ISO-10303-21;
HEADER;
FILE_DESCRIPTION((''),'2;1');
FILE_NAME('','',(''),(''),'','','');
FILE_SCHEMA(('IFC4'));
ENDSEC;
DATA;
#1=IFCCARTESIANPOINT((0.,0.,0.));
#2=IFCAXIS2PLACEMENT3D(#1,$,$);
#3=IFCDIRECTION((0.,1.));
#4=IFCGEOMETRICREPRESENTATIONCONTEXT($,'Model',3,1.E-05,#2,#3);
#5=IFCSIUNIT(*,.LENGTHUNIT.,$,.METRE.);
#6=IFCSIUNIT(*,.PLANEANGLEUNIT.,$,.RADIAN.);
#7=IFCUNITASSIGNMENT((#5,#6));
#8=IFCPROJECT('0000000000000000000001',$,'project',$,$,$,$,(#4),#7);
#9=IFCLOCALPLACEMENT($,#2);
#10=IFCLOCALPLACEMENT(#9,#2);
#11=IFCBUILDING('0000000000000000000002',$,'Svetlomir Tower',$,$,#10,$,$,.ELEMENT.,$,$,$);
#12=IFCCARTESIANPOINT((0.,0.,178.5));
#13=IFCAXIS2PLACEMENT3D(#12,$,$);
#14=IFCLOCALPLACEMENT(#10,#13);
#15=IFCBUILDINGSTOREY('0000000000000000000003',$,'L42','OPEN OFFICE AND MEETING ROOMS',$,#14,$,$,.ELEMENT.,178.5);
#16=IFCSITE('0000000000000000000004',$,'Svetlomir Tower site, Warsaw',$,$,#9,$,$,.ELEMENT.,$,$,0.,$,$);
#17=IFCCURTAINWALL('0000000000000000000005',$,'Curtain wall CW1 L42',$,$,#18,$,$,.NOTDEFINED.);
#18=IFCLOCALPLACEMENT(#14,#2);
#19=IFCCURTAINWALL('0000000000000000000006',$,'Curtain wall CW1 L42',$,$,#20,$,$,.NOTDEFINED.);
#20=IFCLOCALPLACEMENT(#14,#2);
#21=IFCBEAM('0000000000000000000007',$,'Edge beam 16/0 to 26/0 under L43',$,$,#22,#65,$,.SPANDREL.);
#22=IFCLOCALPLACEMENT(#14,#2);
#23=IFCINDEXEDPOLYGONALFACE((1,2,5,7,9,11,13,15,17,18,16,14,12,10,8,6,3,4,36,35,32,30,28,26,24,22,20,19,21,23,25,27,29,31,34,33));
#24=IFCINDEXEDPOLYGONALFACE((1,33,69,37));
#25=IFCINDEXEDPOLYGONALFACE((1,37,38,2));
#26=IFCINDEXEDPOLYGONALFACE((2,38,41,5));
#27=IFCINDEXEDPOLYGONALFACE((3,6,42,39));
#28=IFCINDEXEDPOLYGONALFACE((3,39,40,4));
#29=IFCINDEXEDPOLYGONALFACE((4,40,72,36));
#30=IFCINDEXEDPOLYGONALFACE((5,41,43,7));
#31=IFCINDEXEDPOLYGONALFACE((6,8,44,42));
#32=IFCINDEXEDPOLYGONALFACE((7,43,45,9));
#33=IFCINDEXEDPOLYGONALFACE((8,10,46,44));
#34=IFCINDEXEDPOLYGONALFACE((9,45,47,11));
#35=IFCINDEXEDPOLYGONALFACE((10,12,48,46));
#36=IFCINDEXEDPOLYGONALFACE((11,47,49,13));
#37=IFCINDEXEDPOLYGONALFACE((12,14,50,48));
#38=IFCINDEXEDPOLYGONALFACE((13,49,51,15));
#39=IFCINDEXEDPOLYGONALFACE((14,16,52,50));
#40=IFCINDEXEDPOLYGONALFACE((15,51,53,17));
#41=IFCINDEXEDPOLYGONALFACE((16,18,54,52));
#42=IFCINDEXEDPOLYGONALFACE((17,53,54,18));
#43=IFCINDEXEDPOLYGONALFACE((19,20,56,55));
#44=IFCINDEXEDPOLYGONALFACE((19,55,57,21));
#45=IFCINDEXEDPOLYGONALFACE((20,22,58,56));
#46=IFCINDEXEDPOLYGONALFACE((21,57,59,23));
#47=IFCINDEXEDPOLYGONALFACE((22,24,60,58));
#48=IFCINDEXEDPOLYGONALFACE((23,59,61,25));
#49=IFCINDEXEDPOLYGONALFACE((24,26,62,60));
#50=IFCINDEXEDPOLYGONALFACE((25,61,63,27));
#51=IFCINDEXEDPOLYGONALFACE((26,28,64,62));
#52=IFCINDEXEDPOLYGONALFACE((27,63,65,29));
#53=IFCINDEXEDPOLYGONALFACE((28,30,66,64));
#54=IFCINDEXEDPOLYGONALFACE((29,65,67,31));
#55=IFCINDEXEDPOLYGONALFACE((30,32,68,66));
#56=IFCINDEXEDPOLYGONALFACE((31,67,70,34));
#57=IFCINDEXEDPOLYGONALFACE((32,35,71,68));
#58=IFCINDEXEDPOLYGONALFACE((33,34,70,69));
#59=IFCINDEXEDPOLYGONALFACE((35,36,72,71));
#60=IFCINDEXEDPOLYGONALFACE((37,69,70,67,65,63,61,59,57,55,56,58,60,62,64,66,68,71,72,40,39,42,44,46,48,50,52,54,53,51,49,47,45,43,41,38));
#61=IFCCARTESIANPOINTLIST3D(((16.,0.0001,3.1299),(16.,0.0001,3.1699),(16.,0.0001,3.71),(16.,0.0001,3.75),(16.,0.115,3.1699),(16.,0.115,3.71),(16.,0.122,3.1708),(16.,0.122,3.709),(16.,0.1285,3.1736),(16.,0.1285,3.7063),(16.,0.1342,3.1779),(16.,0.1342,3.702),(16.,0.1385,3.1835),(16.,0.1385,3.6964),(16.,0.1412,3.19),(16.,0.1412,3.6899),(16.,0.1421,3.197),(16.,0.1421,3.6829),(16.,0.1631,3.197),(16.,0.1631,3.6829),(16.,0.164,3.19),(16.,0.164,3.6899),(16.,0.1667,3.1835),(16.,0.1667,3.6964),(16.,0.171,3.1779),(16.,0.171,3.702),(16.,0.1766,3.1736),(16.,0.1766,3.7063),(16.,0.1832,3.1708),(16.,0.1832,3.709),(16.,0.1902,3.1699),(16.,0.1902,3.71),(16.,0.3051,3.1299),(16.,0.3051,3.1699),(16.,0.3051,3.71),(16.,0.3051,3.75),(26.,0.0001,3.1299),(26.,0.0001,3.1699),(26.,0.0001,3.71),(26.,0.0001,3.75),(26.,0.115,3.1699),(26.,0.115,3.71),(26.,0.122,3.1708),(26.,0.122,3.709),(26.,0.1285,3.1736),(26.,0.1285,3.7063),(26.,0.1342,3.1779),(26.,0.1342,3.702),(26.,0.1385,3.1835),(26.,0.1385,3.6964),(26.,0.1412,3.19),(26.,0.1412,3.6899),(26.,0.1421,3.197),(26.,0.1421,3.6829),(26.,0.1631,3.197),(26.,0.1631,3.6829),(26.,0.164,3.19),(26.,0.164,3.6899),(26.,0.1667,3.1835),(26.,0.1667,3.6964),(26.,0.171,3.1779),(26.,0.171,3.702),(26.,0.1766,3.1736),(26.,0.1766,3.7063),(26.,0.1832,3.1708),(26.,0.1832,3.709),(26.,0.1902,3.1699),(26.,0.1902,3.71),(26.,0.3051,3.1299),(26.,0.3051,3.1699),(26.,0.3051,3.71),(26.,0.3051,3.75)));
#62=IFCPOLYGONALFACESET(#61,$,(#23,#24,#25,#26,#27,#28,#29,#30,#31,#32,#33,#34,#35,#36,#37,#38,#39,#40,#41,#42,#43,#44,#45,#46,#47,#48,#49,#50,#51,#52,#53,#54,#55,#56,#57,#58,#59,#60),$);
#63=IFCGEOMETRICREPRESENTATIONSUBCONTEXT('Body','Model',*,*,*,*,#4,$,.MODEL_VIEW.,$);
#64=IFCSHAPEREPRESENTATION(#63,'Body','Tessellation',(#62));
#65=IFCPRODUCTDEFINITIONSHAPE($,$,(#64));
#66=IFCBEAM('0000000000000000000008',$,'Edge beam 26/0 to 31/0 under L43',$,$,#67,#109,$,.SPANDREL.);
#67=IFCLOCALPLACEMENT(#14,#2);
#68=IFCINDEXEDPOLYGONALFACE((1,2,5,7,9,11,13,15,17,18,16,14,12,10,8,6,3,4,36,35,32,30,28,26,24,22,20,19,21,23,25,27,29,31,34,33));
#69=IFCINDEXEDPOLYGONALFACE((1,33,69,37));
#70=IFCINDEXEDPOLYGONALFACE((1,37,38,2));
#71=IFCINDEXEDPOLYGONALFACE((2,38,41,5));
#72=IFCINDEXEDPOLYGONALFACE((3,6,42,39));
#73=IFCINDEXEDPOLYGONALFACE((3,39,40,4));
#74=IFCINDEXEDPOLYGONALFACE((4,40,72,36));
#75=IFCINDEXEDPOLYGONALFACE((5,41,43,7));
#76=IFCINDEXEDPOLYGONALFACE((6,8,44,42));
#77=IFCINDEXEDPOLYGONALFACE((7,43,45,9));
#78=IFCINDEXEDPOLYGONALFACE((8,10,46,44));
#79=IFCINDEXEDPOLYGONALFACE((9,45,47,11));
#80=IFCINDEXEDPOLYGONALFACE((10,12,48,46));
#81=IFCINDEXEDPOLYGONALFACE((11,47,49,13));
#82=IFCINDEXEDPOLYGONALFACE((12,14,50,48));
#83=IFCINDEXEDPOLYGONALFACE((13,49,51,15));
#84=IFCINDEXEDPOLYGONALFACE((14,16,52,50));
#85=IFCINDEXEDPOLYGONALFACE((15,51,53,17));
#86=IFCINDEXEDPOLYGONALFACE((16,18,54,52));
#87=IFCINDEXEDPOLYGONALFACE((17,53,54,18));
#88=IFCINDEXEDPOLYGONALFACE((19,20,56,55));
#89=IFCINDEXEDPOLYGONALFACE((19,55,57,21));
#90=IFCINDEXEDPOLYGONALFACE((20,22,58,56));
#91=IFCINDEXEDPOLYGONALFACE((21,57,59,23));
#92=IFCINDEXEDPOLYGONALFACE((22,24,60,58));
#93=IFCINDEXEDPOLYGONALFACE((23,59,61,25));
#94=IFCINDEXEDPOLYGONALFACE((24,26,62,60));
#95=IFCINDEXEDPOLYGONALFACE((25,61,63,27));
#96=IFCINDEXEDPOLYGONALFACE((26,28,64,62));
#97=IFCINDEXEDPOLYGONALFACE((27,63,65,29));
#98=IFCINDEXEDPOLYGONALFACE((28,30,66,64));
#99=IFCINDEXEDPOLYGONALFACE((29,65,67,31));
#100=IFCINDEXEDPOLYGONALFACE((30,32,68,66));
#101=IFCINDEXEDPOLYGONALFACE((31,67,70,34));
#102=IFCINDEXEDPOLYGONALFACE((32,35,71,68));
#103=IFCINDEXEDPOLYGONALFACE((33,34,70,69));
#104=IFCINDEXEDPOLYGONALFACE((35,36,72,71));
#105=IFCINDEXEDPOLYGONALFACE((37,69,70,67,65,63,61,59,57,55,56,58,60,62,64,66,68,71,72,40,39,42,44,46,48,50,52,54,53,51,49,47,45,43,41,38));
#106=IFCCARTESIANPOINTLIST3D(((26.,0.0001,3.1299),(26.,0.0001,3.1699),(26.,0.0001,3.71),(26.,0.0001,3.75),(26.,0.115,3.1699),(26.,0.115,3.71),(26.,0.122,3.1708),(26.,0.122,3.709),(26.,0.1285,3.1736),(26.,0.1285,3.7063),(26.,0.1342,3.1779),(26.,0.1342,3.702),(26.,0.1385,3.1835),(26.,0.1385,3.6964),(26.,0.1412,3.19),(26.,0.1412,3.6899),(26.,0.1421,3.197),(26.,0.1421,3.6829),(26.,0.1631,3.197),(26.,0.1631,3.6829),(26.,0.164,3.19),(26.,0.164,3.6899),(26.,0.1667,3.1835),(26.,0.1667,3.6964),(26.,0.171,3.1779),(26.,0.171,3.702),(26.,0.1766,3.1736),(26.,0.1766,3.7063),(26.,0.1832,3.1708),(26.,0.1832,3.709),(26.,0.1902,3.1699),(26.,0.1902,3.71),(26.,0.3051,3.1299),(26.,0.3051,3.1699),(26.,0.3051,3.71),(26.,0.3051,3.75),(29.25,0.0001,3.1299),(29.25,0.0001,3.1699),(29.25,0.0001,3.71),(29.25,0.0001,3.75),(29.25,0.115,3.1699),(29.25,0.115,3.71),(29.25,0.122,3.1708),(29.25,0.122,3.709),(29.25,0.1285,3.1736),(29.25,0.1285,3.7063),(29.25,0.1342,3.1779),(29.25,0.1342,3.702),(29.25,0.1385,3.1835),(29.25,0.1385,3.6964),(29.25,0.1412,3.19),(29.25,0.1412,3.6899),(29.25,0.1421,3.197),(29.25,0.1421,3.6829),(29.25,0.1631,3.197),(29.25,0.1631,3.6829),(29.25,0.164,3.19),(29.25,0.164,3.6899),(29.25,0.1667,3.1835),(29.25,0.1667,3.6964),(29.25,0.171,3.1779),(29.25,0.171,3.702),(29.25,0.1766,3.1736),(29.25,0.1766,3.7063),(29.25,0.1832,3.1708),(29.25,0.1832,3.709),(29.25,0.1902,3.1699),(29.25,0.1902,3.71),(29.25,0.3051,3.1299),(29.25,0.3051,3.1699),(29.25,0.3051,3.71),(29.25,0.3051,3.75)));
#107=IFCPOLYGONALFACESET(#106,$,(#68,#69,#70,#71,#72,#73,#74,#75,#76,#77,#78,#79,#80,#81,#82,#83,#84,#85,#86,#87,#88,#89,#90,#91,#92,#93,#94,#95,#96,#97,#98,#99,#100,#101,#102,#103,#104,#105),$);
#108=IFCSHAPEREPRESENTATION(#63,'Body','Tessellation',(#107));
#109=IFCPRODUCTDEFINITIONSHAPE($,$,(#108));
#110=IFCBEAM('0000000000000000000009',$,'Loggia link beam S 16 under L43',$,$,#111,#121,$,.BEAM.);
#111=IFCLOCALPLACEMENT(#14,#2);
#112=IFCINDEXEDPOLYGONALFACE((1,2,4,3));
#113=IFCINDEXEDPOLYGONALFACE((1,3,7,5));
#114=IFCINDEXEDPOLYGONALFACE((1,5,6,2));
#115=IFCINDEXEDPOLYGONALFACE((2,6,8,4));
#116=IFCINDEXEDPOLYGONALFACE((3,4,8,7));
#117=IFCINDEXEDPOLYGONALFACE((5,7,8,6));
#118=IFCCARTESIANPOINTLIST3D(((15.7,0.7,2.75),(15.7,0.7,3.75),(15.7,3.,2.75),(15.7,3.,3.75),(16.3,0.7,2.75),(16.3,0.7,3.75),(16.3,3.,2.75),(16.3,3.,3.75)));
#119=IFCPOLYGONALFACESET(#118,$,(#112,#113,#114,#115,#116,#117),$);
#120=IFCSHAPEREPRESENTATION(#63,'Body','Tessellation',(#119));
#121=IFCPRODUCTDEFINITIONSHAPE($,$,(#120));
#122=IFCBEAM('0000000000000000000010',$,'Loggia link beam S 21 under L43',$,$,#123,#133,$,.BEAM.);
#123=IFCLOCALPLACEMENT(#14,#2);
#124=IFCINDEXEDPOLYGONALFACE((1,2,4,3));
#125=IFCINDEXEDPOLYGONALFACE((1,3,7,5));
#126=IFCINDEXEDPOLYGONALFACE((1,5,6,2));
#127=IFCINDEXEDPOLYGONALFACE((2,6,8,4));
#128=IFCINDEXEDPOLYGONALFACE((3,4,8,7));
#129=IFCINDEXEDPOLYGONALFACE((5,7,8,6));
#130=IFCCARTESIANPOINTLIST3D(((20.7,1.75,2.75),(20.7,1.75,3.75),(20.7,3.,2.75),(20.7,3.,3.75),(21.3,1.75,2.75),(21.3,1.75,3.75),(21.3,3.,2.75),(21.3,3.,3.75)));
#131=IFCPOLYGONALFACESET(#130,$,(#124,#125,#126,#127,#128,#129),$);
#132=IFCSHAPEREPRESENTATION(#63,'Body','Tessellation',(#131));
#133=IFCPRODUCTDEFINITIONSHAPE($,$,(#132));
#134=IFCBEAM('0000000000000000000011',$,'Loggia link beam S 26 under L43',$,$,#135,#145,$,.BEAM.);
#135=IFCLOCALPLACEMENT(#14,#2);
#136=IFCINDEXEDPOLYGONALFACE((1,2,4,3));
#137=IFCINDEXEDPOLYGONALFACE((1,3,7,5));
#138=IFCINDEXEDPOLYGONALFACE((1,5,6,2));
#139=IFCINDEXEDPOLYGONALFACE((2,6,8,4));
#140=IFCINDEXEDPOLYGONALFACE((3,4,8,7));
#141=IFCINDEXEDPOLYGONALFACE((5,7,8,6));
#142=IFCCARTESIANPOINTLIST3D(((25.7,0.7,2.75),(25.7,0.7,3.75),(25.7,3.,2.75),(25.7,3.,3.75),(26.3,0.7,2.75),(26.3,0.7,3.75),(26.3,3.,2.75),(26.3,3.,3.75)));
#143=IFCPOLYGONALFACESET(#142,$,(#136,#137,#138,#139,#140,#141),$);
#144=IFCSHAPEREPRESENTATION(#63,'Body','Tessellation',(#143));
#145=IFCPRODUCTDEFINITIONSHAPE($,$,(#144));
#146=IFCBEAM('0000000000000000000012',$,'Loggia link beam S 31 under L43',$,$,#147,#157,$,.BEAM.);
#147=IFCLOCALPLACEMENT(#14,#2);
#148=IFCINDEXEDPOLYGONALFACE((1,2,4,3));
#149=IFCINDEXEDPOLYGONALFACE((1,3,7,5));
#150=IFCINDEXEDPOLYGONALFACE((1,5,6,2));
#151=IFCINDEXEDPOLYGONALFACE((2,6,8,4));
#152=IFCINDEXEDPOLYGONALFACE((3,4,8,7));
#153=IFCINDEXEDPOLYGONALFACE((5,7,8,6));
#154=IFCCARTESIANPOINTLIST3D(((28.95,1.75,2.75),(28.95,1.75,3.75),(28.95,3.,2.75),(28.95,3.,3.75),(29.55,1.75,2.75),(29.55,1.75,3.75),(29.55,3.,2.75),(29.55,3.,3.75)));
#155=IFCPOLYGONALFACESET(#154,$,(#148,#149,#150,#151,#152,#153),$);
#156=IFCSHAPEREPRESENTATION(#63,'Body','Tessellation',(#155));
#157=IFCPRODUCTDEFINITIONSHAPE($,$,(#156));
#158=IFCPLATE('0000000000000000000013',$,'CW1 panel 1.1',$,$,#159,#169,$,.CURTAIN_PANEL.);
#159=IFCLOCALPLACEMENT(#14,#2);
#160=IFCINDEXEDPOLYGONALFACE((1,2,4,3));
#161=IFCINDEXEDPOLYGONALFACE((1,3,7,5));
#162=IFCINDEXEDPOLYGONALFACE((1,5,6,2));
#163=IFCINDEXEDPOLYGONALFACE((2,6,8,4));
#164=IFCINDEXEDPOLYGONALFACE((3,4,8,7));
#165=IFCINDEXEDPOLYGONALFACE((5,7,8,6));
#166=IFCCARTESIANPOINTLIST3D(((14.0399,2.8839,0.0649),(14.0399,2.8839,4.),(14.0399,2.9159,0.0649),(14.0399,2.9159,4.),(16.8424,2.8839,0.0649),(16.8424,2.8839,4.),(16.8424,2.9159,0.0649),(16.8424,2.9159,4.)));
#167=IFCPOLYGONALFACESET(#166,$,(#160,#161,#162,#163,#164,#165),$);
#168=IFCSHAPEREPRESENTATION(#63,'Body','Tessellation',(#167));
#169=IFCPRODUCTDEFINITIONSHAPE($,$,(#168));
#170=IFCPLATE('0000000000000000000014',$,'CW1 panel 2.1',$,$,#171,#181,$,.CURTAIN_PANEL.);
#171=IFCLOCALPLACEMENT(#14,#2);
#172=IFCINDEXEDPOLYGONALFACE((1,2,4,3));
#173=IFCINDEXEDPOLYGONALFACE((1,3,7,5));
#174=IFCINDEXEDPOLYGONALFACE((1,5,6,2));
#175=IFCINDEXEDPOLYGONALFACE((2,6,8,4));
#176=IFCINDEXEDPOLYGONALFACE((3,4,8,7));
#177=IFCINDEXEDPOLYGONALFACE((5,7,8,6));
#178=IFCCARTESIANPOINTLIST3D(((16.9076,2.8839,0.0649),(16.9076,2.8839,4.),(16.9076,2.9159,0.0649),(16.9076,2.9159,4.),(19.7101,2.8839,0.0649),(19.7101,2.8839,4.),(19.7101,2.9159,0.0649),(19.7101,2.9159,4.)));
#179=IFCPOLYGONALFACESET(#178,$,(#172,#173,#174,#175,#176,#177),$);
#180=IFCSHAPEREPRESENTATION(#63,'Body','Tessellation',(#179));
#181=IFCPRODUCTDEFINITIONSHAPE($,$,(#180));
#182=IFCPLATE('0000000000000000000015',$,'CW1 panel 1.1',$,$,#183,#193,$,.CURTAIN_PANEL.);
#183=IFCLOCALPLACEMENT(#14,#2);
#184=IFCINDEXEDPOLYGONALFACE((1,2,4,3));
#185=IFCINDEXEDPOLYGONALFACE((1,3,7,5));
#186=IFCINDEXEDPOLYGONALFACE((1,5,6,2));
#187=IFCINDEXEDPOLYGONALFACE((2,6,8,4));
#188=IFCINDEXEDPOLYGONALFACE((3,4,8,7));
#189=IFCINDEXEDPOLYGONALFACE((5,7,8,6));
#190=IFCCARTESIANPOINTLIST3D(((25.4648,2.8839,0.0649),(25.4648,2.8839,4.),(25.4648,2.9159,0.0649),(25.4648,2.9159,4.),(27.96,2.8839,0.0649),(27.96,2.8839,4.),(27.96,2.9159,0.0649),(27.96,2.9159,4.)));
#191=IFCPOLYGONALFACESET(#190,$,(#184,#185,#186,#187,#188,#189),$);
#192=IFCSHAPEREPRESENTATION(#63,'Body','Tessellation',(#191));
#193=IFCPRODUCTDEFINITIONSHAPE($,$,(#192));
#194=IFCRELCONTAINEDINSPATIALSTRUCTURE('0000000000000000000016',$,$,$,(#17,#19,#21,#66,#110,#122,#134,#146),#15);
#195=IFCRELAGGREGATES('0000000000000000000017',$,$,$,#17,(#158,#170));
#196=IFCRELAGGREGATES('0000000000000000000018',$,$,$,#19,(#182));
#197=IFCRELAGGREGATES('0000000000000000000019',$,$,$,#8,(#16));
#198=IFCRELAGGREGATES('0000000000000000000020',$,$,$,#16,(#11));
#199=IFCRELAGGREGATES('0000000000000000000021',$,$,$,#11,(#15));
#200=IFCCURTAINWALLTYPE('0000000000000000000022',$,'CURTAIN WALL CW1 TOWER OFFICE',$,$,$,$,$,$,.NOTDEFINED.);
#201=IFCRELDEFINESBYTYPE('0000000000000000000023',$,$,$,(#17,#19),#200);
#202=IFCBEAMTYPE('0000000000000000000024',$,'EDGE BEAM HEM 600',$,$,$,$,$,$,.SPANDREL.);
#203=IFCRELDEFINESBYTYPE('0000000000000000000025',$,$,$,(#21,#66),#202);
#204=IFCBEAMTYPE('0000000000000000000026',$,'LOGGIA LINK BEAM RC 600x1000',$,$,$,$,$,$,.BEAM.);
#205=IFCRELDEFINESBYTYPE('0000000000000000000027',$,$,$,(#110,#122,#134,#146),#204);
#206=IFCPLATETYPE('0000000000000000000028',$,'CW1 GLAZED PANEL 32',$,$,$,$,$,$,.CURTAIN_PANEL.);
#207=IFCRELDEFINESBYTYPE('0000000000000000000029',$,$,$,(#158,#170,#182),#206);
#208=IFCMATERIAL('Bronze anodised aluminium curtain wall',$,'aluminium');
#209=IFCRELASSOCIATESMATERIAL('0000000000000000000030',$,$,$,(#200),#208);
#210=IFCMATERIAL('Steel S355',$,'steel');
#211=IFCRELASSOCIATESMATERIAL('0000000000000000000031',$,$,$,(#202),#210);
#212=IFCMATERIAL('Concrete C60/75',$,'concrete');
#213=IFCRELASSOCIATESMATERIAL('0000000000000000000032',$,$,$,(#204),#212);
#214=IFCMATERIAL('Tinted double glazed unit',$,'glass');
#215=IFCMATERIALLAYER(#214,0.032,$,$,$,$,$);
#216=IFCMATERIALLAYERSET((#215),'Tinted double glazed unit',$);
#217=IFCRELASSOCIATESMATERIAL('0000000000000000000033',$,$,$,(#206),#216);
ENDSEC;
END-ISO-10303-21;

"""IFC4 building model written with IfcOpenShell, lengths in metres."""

from ifc_helpers import new_model, si_unit, direction, frame, origin, origin_2d, place, context, subcontext, project, spatial, rectangle, i_section, extrude, material, layer, layer_set, material_profile, profile_set, type_object, element, aggregate, save


model = new_model("IFC4")

# Units and contexts
model_context = context("Model", 3, precision=1e-05, world=origin(), true_north=direction((0.0, 1.0)))
body_context = subcontext(model_context, "Body", "Model", "MODEL_VIEW")
ifc_project = project(units=[si_unit("LENGTHUNIT", "METRE"), si_unit("PLANEANGLEUNIT", "RADIAN")], contexts=[model_context])

# Site, building, storey
site_placement = place(None, origin())
site = spatial("IfcSite", under=ifc_project, at=site_placement, Name="Svetlomir Tower site, Warsaw", CompositionType="ELEMENT", RefElevation=0.0)
building_placement = place(site_placement, origin())
building = spatial("IfcBuilding", under=site, at=building_placement, Name="Svetlomir Tower", CompositionType="ELEMENT")
storey_placement = place(building_placement, frame((0.0, 0.0, 178.5)))
storey = spatial("IfcBuildingStorey", under=building, at=storey_placement, Name="L42", Description="OPEN OFFICE AND MEETING ROOMS", CompositionType="ELEMENT", Elevation=178.5)

# Curtain walls
ifc_material_1 = material(Name="Bronze anodised aluminium curtain wall", Category="aluminium")
curtain_wall_type = type_object("IfcCurtainWallType", Name="CURTAIN WALL CW1 TOWER OFFICE", PredefinedType="NOTDEFINED", material=ifc_material_1)
curtain_wall_1_placement = place(storey_placement, origin())
curtain_wall_1 = element("IfcCurtainWall", 1, at=curtain_wall_1_placement, inside=storey, type_object=curtain_wall_type, Name="Curtain wall CW1 L42", PredefinedType="NOTDEFINED")
curtain_wall_2_placement = place(storey_placement, origin())
curtain_wall_2 = element("IfcCurtainWall", 2, at=curtain_wall_2_placement, inside=storey, type_object=curtain_wall_type, Name="Curtain wall CW1 L42", PredefinedType="NOTDEFINED")

# Beams
ifc_material_2 = material(Name="Steel S355", Category="steel")
ifc_material_profile_1 = material_profile(ifc_material_2, i_section(OverallWidth=0.3049, OverallDepth=0.6201, WebThickness=0.021, FlangeThickness=0.04, FilletRadius=0.0271, at=origin_2d()), Name="HEM 600")
ifc_profile_set_1 = profile_set([ifc_material_profile_1], Name="Steel S355")
beam_type_1 = type_object("IfcBeamType", Name="EDGE BEAM HEM 600", PredefinedType="SPANDREL", material=ifc_profile_set_1)
beam_1_placement = place(storey_placement, frame((16.0, 0.1526, 3.4399), z_axis=(1.0, 0.0, 0.0), x_axis=(0.0, 1.0, 0.0)))
element("IfcBeam", 3, at=beam_1_placement, inside=storey, type_object=beam_type_1, Name="Edge beam 16/0 to 26/0 under L43", PredefinedType="SPANDREL", context=body_context, shape_type="SweptSolid", body=[
    extrude(i_section(OverallWidth=0.3049, OverallDepth=0.6201, WebThickness=0.021, FlangeThickness=0.04, FilletRadius=0.0271, at=origin_2d()), origin(), (0.0, 0.0, 1.0), 10.0),
])
beam_2_placement = place(storey_placement, frame((26.0, 0.1526, 3.4399), z_axis=(1.0, 0.0, 0.0), x_axis=(0.0, 1.0, 0.0)))
element("IfcBeam", 4, at=beam_2_placement, inside=storey, type_object=beam_type_1, Name="Edge beam 26/0 to 31/0 under L43", PredefinedType="SPANDREL", context=body_context, shape_type="SweptSolid", body=[
    extrude(i_section(OverallWidth=0.3049, OverallDepth=0.6201, WebThickness=0.021, FlangeThickness=0.04, FilletRadius=0.0271, at=origin_2d()), origin(), (0.0, 0.0, 1.0), 3.25),
])
ifc_material_3 = material(Name="Concrete C60/75", Category="concrete")
ifc_material_profile_2 = material_profile(ifc_material_3, rectangle(XDim=0.6001, YDim=1.0, at=origin_2d()), Name="RC 600x1000")
ifc_profile_set_2 = profile_set([ifc_material_profile_2], Name="Concrete C60/75")
beam_type_2 = type_object("IfcBeamType", Name="LOGGIA LINK BEAM RC 600x1000", PredefinedType="BEAM", material=ifc_profile_set_2)
beam_3_placement = place(storey_placement, frame((16.0, 0.7, 3.25), z_axis=(0.0, 1.0, 0.0), x_axis=(-1.0, 0.0, 0.0)))
element("IfcBeam", 5, at=beam_3_placement, inside=storey, type_object=beam_type_2, Name="Loggia link beam S 16 under L43", PredefinedType="BEAM", context=body_context, shape_type="SweptSolid", body=[
    extrude(rectangle(XDim=0.6001, YDim=1.0, at=origin_2d()), origin(), (0.0, 0.0, 1.0), 2.3),
])
beam_4_placement = place(storey_placement, frame((21.0, 1.75, 3.25), z_axis=(0.0, 1.0, 0.0), x_axis=(-1.0, 0.0, 0.0)))
element("IfcBeam", 6, at=beam_4_placement, inside=storey, type_object=beam_type_2, Name="Loggia link beam S 21 under L43", PredefinedType="BEAM", context=body_context, shape_type="SweptSolid", body=[
    extrude(rectangle(XDim=0.6001, YDim=1.0, at=origin_2d()), origin(), (0.0, 0.0, 1.0), 1.25),
])
beam_5_placement = place(storey_placement, frame((26.0, 0.7, 3.25), z_axis=(0.0, 1.0, 0.0), x_axis=(-1.0, 0.0, 0.0)))
element("IfcBeam", 7, at=beam_5_placement, inside=storey, type_object=beam_type_2, Name="Loggia link beam S 26 under L43", PredefinedType="BEAM", context=body_context, shape_type="SweptSolid", body=[
    extrude(rectangle(XDim=0.6001, YDim=1.0, at=origin_2d()), origin(), (0.0, 0.0, 1.0), 2.3),
])
beam_6_placement = place(storey_placement, frame((29.25, 1.75, 3.25), z_axis=(0.0, 1.0, 0.0), x_axis=(-1.0, 0.0, 0.0)))
element("IfcBeam", 8, at=beam_6_placement, inside=storey, type_object=beam_type_2, Name="Loggia link beam S 31 under L43", PredefinedType="BEAM", context=body_context, shape_type="SweptSolid", body=[
    extrude(rectangle(XDim=0.6001, YDim=1.0, at=origin_2d()), origin(), (0.0, 0.0, 1.0), 1.25),
])

# Plates
ifc_material_4 = material(Name="Tinted double glazed unit", Category="glass")
ifc_layer_1 = layer(ifc_material_4, 0.032)
ifc_layer_set_1 = layer_set([ifc_layer_1], Name="Tinted double glazed unit")
plate_type = type_object("IfcPlateType", Name="CW1 GLAZED PANEL 32", PredefinedType="CURTAIN_PANEL", material=ifc_layer_set_1)
plate_1_placement = place(storey_placement, frame((15.4412, 2.8999, 0.0649), z_axis=(0.0, 0.0, 1.0), x_axis=(1.0, 0.0, 0.0)))
plate_1 = element("IfcPlate", 9, at=plate_1_placement, type_object=plate_type, Name="CW1 panel 1.1", PredefinedType="CURTAIN_PANEL", context=body_context, shape_type="SweptSolid", body=[
    extrude(rectangle(XDim=2.8025, YDim=0.032, at=origin_2d()), origin(), (0.0, 0.0, 1.0), 3.9351),
])
plate_2_placement = place(storey_placement, frame((18.3088, 2.8999, 0.0649), z_axis=(0.0, 0.0, 1.0), x_axis=(1.0, 0.0, 0.0)))
plate_2 = element("IfcPlate", 10, at=plate_2_placement, type_object=plate_type, Name="CW1 panel 2.1", PredefinedType="CURTAIN_PANEL", context=body_context, shape_type="SweptSolid", body=[
    extrude(rectangle(XDim=2.8025, YDim=0.032, at=origin_2d()), origin(), (0.0, 0.0, 1.0), 3.9351),
])
aggregate(curtain_wall_1, [plate_1, plate_2])
plate_3_placement = place(storey_placement, frame((26.7124, 2.8999, 0.0649), z_axis=(0.0, 0.0, 1.0), x_axis=(1.0, 0.0, 0.0)))
plate_3 = element("IfcPlate", 11, at=plate_3_placement, type_object=plate_type, Name="CW1 panel 1.1", PredefinedType="CURTAIN_PANEL", context=body_context, shape_type="SweptSolid", body=[
    extrude(rectangle(XDim=2.4951, YDim=0.032, at=origin_2d()), origin(), (0.0, 0.0, 1.0), 3.9351),
])
aggregate(curtain_wall_2, [plate_3])

save(model, "model.ifc")
